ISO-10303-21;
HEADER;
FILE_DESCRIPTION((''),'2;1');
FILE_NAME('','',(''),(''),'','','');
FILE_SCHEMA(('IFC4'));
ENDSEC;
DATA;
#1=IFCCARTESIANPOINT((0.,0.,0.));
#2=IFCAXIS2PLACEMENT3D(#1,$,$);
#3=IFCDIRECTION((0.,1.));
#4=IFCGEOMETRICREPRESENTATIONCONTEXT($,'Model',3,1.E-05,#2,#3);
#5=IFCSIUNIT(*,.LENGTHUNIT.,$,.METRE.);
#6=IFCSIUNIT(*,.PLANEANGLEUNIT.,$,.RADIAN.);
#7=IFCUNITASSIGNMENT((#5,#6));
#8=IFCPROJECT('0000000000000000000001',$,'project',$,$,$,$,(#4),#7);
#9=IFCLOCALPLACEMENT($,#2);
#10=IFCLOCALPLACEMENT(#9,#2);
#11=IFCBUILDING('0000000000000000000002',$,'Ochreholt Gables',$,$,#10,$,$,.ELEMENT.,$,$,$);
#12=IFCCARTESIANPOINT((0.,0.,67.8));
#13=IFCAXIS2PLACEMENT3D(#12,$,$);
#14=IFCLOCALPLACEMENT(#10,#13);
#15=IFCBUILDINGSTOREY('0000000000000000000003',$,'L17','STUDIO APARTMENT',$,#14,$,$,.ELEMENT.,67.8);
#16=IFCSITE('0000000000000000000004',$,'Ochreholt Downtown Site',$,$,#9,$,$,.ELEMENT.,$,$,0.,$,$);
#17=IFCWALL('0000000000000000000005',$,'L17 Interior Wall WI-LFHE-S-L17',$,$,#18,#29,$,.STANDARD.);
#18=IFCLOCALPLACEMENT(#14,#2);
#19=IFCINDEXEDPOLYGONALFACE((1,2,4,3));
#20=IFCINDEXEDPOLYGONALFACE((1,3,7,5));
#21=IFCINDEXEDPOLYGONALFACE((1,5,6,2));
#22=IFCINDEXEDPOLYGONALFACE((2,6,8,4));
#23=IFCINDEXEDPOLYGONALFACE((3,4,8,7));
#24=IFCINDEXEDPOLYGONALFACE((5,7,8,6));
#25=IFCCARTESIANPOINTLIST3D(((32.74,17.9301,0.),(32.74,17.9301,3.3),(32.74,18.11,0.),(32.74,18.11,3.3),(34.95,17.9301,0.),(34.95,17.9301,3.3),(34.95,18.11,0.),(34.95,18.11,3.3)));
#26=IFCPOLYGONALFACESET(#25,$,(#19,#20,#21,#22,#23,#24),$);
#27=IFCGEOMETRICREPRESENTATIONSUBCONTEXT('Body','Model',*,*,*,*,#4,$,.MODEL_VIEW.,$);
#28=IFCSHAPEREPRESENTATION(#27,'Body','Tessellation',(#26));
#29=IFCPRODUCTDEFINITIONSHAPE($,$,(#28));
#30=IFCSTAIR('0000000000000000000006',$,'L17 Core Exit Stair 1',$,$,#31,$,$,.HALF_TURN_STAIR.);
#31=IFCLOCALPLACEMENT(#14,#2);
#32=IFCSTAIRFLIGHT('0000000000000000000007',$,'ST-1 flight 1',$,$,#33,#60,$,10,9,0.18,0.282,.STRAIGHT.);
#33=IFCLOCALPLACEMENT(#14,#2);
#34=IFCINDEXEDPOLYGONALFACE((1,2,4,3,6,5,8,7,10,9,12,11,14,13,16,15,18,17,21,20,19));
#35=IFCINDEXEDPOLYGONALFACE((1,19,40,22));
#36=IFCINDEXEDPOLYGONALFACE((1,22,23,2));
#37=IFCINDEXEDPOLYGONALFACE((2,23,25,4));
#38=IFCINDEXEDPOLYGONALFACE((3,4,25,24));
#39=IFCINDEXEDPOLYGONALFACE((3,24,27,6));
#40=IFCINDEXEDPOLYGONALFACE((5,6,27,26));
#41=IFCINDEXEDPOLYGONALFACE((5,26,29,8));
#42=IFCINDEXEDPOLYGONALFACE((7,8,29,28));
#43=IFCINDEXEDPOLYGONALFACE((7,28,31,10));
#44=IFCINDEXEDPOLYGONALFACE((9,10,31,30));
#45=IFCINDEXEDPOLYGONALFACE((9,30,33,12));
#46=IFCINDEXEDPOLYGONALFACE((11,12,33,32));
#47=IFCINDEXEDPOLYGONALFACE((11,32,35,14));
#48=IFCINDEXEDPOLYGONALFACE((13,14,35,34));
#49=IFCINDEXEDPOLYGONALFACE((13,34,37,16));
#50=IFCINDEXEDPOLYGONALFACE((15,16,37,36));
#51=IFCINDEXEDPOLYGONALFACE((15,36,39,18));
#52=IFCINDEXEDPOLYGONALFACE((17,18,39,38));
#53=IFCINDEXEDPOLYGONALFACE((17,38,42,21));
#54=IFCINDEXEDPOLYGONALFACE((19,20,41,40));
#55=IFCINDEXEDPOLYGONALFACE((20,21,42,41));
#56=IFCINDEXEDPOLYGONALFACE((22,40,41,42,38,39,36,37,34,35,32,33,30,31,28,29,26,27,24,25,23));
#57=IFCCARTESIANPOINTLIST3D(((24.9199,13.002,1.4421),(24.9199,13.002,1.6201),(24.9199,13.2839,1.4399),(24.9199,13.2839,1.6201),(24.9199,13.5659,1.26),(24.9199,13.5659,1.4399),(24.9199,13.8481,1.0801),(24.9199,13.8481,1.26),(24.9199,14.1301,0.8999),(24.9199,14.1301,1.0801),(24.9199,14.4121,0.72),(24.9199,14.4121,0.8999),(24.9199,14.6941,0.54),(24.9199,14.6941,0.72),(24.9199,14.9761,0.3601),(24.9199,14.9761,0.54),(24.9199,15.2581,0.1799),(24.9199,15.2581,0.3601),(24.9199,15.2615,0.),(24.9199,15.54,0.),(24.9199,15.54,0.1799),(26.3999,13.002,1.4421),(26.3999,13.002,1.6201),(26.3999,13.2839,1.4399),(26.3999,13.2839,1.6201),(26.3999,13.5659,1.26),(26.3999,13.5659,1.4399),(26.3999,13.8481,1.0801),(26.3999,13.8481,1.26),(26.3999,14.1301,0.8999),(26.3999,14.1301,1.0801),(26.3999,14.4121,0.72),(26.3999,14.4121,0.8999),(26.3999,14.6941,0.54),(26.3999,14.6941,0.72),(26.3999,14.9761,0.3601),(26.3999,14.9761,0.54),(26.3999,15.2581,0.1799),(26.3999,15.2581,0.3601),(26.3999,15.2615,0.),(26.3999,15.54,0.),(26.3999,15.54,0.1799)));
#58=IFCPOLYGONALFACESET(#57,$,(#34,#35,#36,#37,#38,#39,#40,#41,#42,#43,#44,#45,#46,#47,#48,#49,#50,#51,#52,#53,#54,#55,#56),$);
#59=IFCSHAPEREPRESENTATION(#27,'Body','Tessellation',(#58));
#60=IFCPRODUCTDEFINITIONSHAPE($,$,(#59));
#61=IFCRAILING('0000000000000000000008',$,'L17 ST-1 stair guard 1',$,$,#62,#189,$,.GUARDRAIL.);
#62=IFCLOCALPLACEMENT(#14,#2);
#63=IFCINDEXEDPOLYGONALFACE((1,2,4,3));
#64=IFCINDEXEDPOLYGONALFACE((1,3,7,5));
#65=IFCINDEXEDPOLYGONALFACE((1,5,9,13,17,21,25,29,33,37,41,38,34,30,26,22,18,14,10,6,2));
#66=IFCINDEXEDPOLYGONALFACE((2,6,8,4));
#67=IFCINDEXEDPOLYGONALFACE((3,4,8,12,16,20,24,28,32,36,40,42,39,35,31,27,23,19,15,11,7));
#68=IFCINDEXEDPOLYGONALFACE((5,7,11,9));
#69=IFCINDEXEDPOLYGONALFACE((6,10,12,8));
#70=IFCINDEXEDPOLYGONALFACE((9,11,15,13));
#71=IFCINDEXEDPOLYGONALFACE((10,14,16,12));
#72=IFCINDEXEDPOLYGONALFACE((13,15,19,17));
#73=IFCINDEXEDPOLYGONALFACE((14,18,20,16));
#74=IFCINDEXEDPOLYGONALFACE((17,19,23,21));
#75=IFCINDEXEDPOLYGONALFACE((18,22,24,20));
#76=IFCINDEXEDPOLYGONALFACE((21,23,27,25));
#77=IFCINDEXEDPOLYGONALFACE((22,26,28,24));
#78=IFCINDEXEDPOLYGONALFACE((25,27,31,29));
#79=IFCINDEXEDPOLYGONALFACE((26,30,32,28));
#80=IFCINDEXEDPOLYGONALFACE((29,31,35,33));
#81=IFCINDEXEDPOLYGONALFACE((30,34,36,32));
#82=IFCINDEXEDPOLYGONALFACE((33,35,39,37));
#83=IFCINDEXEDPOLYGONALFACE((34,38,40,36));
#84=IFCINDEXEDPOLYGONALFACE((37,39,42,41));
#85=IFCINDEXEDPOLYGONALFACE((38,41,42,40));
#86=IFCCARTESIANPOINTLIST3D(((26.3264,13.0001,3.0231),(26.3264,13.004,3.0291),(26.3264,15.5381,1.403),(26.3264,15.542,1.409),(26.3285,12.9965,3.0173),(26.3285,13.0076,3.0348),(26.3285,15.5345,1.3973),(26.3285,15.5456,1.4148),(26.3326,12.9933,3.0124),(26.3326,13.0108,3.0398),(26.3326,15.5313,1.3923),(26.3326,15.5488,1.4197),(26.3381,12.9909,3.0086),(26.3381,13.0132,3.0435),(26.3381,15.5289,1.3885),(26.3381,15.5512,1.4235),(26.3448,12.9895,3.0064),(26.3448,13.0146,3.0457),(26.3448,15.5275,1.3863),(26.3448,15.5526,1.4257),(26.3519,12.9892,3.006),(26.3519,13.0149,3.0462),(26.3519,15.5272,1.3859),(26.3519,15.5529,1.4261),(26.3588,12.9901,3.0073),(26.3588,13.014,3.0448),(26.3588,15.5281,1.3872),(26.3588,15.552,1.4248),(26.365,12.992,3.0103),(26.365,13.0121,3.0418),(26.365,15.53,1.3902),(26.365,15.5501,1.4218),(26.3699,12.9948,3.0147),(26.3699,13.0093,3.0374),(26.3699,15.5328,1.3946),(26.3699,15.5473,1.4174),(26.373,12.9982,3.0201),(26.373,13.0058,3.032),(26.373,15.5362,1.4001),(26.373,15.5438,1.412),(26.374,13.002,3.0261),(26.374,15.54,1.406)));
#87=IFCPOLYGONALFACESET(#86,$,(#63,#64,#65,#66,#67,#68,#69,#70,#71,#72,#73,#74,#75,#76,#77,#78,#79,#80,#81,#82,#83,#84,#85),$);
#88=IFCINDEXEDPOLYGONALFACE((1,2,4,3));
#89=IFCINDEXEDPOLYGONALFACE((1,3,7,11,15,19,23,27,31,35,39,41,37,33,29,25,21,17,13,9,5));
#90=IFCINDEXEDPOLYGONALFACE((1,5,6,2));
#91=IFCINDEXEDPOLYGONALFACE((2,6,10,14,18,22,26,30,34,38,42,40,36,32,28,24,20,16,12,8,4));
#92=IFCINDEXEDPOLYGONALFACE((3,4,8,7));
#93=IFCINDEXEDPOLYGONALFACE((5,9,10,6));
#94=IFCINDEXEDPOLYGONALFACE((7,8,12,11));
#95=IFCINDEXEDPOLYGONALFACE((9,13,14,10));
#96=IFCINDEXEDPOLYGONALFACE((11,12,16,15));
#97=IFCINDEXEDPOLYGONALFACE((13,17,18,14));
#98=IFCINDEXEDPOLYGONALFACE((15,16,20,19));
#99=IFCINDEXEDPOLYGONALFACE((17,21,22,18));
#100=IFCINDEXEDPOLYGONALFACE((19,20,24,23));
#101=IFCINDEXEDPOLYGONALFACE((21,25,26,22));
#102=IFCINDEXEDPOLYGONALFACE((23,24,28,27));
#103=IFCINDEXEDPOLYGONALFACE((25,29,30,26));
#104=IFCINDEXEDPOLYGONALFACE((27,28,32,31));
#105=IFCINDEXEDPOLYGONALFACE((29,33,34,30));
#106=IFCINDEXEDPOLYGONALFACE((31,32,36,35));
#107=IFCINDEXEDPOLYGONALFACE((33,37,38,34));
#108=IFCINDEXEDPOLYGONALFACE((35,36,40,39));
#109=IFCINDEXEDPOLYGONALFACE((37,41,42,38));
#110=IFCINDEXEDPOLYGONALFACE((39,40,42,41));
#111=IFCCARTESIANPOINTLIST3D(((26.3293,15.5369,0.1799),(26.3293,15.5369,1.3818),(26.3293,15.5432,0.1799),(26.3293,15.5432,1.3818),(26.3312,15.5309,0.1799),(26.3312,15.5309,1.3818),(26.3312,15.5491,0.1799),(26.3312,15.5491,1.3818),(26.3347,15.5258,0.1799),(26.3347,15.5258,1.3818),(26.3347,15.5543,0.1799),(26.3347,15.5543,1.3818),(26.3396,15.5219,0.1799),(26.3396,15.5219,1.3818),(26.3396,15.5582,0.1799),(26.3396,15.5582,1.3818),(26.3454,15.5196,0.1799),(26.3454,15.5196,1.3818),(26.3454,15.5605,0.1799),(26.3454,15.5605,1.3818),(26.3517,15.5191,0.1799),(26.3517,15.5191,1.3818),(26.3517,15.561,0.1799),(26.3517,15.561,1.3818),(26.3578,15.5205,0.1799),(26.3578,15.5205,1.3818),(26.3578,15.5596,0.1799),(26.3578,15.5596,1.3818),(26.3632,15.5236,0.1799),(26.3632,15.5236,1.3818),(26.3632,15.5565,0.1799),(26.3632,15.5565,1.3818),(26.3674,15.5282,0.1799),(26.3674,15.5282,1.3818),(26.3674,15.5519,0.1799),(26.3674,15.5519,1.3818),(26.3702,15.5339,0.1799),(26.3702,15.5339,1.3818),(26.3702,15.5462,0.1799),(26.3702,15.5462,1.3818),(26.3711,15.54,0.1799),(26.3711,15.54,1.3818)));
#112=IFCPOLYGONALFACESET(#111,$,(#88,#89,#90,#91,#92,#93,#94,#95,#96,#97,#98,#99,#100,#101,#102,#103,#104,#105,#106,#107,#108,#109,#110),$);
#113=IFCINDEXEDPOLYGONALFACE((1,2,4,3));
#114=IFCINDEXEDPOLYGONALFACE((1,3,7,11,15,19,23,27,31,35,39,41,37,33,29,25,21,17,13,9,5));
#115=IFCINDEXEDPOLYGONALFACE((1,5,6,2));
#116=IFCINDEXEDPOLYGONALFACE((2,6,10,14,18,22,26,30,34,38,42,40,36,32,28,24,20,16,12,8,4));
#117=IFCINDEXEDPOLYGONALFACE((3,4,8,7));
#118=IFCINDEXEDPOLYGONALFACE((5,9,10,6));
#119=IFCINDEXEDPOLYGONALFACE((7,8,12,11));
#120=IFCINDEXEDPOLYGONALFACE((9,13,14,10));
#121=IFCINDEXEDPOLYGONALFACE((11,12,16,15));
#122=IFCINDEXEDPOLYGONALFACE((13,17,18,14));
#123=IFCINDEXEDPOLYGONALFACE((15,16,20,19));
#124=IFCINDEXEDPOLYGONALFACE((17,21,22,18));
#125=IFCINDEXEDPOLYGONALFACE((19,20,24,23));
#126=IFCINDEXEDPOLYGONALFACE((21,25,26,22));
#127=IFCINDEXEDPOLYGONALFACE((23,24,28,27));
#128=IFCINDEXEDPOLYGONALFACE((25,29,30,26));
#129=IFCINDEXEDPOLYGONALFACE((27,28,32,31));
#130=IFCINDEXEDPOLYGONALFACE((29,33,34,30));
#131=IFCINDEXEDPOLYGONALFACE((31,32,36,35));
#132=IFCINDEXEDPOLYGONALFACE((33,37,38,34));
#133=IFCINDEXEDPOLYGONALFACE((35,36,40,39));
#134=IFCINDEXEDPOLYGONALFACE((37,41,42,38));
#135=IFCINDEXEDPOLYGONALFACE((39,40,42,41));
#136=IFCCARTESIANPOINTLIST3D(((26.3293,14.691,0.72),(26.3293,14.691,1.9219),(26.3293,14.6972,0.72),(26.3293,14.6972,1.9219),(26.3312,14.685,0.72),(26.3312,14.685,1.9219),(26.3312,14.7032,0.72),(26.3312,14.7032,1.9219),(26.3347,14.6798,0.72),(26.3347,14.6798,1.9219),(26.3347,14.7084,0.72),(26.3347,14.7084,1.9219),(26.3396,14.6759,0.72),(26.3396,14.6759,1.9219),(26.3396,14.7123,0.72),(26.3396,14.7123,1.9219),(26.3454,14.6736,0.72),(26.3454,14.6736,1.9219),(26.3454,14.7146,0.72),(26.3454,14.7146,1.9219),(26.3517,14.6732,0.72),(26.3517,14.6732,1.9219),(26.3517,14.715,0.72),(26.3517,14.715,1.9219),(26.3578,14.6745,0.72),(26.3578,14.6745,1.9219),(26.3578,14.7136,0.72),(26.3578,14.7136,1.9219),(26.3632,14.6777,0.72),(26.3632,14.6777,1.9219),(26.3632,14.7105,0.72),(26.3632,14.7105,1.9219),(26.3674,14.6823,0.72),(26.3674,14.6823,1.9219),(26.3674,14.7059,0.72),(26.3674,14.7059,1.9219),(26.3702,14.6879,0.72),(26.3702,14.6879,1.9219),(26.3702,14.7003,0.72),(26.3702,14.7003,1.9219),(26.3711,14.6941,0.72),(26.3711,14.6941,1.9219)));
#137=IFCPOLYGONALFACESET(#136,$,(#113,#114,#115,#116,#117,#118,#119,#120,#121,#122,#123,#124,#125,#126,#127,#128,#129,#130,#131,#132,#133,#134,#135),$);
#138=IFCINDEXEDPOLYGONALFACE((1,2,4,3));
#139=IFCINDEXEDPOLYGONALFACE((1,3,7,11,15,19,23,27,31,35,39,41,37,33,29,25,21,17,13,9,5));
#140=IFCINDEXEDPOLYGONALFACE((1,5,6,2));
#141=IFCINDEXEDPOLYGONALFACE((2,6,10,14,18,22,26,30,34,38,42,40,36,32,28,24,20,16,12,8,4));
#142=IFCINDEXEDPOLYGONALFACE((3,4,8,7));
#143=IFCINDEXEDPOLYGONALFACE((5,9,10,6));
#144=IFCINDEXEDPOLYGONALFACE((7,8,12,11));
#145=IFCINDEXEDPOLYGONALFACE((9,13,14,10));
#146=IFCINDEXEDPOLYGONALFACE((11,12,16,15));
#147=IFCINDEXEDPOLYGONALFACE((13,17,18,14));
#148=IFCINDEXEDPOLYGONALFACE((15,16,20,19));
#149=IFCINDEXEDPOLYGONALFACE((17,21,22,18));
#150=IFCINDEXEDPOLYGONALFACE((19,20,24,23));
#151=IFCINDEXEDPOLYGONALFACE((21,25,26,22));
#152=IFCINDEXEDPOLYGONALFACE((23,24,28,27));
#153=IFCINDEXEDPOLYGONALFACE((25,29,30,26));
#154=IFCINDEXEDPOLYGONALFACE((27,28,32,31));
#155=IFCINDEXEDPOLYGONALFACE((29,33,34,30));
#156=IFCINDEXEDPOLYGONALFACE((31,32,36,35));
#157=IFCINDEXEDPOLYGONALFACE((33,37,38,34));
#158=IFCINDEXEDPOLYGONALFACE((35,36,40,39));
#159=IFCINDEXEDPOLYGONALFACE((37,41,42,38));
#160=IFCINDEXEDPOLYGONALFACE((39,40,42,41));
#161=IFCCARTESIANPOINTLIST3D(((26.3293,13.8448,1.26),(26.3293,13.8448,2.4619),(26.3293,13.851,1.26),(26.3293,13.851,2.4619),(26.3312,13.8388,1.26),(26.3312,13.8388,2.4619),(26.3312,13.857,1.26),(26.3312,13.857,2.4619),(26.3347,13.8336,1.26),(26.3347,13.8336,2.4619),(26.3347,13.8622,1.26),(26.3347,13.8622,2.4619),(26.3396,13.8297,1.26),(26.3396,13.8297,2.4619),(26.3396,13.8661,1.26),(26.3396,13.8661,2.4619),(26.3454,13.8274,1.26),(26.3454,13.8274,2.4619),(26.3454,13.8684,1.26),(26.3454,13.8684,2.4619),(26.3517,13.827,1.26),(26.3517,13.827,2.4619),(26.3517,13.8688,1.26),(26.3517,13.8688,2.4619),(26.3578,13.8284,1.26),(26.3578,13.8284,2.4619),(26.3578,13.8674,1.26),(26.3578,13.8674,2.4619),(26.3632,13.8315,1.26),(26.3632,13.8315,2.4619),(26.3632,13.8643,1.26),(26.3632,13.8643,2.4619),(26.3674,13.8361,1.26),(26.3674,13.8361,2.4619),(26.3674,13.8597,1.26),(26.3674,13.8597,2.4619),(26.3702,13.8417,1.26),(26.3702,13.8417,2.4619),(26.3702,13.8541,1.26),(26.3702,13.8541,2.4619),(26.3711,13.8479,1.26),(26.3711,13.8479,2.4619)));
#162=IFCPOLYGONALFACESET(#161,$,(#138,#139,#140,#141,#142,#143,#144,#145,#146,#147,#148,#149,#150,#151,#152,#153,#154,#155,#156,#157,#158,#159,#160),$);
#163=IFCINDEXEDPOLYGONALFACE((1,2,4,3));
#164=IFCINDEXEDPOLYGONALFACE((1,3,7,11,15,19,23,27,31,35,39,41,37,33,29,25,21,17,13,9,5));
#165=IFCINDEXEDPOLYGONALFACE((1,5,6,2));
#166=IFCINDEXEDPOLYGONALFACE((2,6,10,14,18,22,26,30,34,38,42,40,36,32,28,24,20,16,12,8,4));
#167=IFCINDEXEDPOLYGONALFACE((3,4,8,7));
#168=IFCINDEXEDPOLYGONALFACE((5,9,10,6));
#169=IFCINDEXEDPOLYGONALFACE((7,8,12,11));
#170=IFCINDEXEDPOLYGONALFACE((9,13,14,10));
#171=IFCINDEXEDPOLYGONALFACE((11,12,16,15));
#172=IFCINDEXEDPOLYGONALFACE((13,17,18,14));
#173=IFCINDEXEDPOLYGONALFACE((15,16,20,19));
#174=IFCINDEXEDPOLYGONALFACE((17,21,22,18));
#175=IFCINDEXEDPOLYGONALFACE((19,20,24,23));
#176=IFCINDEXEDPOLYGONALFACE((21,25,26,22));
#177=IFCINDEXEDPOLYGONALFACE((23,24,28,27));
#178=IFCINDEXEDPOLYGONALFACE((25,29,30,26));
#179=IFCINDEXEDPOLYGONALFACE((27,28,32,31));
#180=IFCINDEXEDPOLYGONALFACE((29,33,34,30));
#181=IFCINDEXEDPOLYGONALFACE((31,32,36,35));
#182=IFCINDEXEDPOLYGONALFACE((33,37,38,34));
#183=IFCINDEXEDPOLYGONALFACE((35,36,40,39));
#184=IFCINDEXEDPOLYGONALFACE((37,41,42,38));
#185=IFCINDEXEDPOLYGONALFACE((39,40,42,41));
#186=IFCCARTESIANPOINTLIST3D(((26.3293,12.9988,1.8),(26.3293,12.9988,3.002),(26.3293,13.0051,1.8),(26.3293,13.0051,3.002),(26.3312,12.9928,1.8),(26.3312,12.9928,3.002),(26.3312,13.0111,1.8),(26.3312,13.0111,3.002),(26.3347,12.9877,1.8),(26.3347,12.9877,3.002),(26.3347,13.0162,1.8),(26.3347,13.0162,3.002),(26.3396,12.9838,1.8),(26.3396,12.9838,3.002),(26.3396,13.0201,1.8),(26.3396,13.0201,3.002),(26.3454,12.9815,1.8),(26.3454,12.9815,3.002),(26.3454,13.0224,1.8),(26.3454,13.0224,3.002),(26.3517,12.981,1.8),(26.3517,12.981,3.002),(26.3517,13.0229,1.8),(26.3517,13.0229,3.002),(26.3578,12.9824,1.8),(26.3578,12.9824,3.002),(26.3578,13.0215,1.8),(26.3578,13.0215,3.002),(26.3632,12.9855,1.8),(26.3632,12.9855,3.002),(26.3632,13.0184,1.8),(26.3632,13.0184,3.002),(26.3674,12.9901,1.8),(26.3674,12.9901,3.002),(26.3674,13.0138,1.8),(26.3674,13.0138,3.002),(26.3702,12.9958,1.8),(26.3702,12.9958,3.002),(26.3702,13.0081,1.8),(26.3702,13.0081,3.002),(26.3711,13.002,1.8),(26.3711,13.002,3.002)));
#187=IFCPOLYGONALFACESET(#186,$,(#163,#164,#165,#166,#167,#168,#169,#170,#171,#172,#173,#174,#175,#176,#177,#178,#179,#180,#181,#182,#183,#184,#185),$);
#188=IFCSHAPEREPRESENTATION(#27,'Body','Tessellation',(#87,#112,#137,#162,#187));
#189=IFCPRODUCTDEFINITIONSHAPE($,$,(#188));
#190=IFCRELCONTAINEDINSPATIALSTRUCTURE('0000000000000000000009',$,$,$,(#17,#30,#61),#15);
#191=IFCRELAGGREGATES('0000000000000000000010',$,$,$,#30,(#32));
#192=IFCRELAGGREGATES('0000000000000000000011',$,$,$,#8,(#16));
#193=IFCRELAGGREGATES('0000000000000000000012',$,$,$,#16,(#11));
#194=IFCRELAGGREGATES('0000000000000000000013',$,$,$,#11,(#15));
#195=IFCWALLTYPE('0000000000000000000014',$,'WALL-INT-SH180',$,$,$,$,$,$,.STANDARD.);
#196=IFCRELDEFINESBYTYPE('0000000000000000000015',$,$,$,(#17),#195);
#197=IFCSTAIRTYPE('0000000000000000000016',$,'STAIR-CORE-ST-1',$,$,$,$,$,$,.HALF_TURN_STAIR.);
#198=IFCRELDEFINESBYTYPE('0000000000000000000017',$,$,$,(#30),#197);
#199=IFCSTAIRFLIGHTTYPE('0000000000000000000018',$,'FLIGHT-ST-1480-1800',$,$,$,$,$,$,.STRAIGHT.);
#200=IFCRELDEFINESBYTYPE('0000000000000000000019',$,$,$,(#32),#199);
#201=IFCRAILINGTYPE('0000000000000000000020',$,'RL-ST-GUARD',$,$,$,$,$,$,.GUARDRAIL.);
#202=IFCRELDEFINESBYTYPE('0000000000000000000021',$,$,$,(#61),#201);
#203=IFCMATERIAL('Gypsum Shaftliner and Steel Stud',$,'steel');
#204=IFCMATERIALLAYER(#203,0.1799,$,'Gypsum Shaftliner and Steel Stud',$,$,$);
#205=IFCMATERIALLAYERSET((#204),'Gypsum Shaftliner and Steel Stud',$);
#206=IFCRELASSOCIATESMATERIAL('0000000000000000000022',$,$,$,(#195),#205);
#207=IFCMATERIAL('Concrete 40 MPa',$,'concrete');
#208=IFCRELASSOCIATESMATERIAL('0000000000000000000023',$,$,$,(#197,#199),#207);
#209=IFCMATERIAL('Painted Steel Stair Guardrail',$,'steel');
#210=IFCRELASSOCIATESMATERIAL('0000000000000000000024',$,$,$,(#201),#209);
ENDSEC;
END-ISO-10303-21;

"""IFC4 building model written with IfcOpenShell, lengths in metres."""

from ifc_helpers import new_model, si_unit, direction, frame, frame_2d, origin, origin_2d, place, context, subcontext, project, spatial, polyline, rectangle, circle, outline, extrude, material, layer, layer_set, type_object, element, aggregate, save


model = new_model("IFC4")

# Units and contexts
model_context = context("Model", 3, precision=1e-05, world=origin(), true_north=direction((0.0, 1.0)))
body_context = subcontext(model_context, "Body", "Model", "MODEL_VIEW")
ifc_project = project(units=[si_unit("LENGTHUNIT", "METRE"), si_unit("PLANEANGLEUNIT", "RADIAN")], contexts=[model_context])

# Site, building, storey
site_placement = place(None, origin())
site = spatial("IfcSite", under=ifc_project, at=site_placement, Name="Ochreholt Downtown Site", CompositionType="ELEMENT", RefElevation=0.0)
building_placement = place(site_placement, origin())
building = spatial("IfcBuilding", under=site, at=building_placement, Name="Ochreholt Gables", CompositionType="ELEMENT")
storey_placement = place(building_placement, frame((0.0, 0.0, 67.8)))
storey = spatial("IfcBuildingStorey", under=building, at=storey_placement, Name="L17", Description="STUDIO APARTMENT", CompositionType="ELEMENT", Elevation=67.8)

# Shared definitions
ifc_material_1 = material(Name="Concrete 40 MPa", Category="concrete")

# Wall
ifc_material_2 = material(Name="Gypsum Shaftliner and Steel Stud", Category="steel")
ifc_layer_1 = layer(ifc_material_2, 0.1799, Name="Gypsum Shaftliner and Steel Stud")
ifc_layer_set_1 = layer_set([ifc_layer_1], Name="Gypsum Shaftliner and Steel Stud")
wall_type_1 = type_object("IfcWallType", Name="WALL-INT-SH180", PredefinedType="STANDARD", material=ifc_layer_set_1)
wall_1_placement = place(storey_placement, frame((32.74, 18.02, 0.0), z_axis=(0.0, 0.0, 1.0), x_axis=(1.0, 0.0, 0.0)))
element("IfcWall", 1, at=wall_1_placement, inside=storey, type_object=wall_type_1, Name="L17 Interior Wall WI-LFHE-S-L17", PredefinedType="STANDARD", context=body_context, shape_type="SweptSolid", body=[
    extrude(rectangle(XDim=2.21, YDim=0.1799, at=frame_2d((1.105, 0.0))), origin(), (0.0, 0.0, 1.0), 3.3),
])

# Stair, stair flight
stair_type = type_object("IfcStairType", Name="STAIR-CORE-ST-1", PredefinedType="HALF_TURN_STAIR", material=ifc_material_1)
stair_placement = place(storey_placement, origin())
stair = element("IfcStair", 2, at=stair_placement, inside=storey, type_object=stair_type, Name="L17 Core Exit Stair 1", PredefinedType="HALF_TURN_STAIR")
stair_flight_type = type_object("IfcStairFlightType", Name="FLIGHT-ST-1480-1800", PredefinedType="STRAIGHT", material=ifc_material_1)
stair_flight_placement = place(storey_placement, frame((25.6599, 15.54, 0.0), z_axis=(0.0, 0.0, 1.0), x_axis=(0.0, -1.0, 0.0)))
stair_flight = element("IfcStairFlight", 3, at=stair_flight_placement, type_object=stair_flight_type, Name="ST-1 flight 1", NumberOfRisers=10, NumberOfTreads=9, PredefinedType="STRAIGHT", RiserHeight=0.18, TreadLength=0.282, context=body_context, shape_type="SweptSolid", body=[
    extrude(outline(polyline([(0.0, 0.0), (0.0, 0.1799), (0.282, 0.1799), (0.282, 0.3601), (0.564, 0.3601), (0.564, 0.54), (0.8459, 0.54), (0.8459, 0.72), (1.1279, 0.72), (1.1279, 0.8999), (1.4099, 0.8999), (1.4099, 1.0801), (1.6919, 1.0801), (1.6919, 1.26), (1.9741, 1.26), (1.9741, 1.4399), (2.2561, 1.4399), (2.2561, 1.6201), (2.5381, 1.6201), (2.5381, 1.8), (2.5381, 1.4421), (0.2786, 0.0), (0.0, 0.0)])), frame((0.0, 0.74, 0.0), z_axis=(0.0, -1.0, 0.0), x_axis=(1.0, 0.0, 0.0)), (0.0, 0.0, 1.0), 1.48),
])
aggregate(stair, [stair_flight])

# Railing
ifc_material_3 = material(Name="Painted Steel Stair Guardrail", Category="steel")
railing_type_1 = type_object("IfcRailingType", Name="RL-ST-GUARD", PredefinedType="GUARDRAIL", material=ifc_material_3)
railing_1_placement = place(storey_placement, frame((26.3501, 15.54, 0.1799)))
element("IfcRailing", 4, at=railing_1_placement, inside=storey, type_object=railing_type_1, Name="L17 ST-1 stair guard 1", PredefinedType="GUARDRAIL", context=body_context, shape_type="SweptSolid", body=[
    extrude(circle(Radius=0.0239, at=origin_2d()), frame((0.0, 0.0, 1.2261), z_axis=(0.0, -0.842913, 0.53805), x_axis=(1.0, 0.0, 0.0)), (0.0, 0.0, 1.0), 3.011),
    extrude(circle(Radius=0.021, at=origin_2d()), origin(), (0.0, 0.0, 1.0), 1.2019),
    extrude(circle(Radius=0.021, at=origin_2d()), frame((0.0, -0.8459, 0.54)), (0.0, 0.0, 1.0), 1.2019),
    extrude(circle(Radius=0.021, at=origin_2d()), frame((0.0, -1.6921, 1.0801)), (0.0, 0.0, 1.0), 1.2019),
    extrude(circle(Radius=0.021, at=origin_2d()), frame((0.0, -2.5381, 1.6201)), (0.0, 0.0, 1.0), 1.2019),
])

save(model, "model.ifc")
